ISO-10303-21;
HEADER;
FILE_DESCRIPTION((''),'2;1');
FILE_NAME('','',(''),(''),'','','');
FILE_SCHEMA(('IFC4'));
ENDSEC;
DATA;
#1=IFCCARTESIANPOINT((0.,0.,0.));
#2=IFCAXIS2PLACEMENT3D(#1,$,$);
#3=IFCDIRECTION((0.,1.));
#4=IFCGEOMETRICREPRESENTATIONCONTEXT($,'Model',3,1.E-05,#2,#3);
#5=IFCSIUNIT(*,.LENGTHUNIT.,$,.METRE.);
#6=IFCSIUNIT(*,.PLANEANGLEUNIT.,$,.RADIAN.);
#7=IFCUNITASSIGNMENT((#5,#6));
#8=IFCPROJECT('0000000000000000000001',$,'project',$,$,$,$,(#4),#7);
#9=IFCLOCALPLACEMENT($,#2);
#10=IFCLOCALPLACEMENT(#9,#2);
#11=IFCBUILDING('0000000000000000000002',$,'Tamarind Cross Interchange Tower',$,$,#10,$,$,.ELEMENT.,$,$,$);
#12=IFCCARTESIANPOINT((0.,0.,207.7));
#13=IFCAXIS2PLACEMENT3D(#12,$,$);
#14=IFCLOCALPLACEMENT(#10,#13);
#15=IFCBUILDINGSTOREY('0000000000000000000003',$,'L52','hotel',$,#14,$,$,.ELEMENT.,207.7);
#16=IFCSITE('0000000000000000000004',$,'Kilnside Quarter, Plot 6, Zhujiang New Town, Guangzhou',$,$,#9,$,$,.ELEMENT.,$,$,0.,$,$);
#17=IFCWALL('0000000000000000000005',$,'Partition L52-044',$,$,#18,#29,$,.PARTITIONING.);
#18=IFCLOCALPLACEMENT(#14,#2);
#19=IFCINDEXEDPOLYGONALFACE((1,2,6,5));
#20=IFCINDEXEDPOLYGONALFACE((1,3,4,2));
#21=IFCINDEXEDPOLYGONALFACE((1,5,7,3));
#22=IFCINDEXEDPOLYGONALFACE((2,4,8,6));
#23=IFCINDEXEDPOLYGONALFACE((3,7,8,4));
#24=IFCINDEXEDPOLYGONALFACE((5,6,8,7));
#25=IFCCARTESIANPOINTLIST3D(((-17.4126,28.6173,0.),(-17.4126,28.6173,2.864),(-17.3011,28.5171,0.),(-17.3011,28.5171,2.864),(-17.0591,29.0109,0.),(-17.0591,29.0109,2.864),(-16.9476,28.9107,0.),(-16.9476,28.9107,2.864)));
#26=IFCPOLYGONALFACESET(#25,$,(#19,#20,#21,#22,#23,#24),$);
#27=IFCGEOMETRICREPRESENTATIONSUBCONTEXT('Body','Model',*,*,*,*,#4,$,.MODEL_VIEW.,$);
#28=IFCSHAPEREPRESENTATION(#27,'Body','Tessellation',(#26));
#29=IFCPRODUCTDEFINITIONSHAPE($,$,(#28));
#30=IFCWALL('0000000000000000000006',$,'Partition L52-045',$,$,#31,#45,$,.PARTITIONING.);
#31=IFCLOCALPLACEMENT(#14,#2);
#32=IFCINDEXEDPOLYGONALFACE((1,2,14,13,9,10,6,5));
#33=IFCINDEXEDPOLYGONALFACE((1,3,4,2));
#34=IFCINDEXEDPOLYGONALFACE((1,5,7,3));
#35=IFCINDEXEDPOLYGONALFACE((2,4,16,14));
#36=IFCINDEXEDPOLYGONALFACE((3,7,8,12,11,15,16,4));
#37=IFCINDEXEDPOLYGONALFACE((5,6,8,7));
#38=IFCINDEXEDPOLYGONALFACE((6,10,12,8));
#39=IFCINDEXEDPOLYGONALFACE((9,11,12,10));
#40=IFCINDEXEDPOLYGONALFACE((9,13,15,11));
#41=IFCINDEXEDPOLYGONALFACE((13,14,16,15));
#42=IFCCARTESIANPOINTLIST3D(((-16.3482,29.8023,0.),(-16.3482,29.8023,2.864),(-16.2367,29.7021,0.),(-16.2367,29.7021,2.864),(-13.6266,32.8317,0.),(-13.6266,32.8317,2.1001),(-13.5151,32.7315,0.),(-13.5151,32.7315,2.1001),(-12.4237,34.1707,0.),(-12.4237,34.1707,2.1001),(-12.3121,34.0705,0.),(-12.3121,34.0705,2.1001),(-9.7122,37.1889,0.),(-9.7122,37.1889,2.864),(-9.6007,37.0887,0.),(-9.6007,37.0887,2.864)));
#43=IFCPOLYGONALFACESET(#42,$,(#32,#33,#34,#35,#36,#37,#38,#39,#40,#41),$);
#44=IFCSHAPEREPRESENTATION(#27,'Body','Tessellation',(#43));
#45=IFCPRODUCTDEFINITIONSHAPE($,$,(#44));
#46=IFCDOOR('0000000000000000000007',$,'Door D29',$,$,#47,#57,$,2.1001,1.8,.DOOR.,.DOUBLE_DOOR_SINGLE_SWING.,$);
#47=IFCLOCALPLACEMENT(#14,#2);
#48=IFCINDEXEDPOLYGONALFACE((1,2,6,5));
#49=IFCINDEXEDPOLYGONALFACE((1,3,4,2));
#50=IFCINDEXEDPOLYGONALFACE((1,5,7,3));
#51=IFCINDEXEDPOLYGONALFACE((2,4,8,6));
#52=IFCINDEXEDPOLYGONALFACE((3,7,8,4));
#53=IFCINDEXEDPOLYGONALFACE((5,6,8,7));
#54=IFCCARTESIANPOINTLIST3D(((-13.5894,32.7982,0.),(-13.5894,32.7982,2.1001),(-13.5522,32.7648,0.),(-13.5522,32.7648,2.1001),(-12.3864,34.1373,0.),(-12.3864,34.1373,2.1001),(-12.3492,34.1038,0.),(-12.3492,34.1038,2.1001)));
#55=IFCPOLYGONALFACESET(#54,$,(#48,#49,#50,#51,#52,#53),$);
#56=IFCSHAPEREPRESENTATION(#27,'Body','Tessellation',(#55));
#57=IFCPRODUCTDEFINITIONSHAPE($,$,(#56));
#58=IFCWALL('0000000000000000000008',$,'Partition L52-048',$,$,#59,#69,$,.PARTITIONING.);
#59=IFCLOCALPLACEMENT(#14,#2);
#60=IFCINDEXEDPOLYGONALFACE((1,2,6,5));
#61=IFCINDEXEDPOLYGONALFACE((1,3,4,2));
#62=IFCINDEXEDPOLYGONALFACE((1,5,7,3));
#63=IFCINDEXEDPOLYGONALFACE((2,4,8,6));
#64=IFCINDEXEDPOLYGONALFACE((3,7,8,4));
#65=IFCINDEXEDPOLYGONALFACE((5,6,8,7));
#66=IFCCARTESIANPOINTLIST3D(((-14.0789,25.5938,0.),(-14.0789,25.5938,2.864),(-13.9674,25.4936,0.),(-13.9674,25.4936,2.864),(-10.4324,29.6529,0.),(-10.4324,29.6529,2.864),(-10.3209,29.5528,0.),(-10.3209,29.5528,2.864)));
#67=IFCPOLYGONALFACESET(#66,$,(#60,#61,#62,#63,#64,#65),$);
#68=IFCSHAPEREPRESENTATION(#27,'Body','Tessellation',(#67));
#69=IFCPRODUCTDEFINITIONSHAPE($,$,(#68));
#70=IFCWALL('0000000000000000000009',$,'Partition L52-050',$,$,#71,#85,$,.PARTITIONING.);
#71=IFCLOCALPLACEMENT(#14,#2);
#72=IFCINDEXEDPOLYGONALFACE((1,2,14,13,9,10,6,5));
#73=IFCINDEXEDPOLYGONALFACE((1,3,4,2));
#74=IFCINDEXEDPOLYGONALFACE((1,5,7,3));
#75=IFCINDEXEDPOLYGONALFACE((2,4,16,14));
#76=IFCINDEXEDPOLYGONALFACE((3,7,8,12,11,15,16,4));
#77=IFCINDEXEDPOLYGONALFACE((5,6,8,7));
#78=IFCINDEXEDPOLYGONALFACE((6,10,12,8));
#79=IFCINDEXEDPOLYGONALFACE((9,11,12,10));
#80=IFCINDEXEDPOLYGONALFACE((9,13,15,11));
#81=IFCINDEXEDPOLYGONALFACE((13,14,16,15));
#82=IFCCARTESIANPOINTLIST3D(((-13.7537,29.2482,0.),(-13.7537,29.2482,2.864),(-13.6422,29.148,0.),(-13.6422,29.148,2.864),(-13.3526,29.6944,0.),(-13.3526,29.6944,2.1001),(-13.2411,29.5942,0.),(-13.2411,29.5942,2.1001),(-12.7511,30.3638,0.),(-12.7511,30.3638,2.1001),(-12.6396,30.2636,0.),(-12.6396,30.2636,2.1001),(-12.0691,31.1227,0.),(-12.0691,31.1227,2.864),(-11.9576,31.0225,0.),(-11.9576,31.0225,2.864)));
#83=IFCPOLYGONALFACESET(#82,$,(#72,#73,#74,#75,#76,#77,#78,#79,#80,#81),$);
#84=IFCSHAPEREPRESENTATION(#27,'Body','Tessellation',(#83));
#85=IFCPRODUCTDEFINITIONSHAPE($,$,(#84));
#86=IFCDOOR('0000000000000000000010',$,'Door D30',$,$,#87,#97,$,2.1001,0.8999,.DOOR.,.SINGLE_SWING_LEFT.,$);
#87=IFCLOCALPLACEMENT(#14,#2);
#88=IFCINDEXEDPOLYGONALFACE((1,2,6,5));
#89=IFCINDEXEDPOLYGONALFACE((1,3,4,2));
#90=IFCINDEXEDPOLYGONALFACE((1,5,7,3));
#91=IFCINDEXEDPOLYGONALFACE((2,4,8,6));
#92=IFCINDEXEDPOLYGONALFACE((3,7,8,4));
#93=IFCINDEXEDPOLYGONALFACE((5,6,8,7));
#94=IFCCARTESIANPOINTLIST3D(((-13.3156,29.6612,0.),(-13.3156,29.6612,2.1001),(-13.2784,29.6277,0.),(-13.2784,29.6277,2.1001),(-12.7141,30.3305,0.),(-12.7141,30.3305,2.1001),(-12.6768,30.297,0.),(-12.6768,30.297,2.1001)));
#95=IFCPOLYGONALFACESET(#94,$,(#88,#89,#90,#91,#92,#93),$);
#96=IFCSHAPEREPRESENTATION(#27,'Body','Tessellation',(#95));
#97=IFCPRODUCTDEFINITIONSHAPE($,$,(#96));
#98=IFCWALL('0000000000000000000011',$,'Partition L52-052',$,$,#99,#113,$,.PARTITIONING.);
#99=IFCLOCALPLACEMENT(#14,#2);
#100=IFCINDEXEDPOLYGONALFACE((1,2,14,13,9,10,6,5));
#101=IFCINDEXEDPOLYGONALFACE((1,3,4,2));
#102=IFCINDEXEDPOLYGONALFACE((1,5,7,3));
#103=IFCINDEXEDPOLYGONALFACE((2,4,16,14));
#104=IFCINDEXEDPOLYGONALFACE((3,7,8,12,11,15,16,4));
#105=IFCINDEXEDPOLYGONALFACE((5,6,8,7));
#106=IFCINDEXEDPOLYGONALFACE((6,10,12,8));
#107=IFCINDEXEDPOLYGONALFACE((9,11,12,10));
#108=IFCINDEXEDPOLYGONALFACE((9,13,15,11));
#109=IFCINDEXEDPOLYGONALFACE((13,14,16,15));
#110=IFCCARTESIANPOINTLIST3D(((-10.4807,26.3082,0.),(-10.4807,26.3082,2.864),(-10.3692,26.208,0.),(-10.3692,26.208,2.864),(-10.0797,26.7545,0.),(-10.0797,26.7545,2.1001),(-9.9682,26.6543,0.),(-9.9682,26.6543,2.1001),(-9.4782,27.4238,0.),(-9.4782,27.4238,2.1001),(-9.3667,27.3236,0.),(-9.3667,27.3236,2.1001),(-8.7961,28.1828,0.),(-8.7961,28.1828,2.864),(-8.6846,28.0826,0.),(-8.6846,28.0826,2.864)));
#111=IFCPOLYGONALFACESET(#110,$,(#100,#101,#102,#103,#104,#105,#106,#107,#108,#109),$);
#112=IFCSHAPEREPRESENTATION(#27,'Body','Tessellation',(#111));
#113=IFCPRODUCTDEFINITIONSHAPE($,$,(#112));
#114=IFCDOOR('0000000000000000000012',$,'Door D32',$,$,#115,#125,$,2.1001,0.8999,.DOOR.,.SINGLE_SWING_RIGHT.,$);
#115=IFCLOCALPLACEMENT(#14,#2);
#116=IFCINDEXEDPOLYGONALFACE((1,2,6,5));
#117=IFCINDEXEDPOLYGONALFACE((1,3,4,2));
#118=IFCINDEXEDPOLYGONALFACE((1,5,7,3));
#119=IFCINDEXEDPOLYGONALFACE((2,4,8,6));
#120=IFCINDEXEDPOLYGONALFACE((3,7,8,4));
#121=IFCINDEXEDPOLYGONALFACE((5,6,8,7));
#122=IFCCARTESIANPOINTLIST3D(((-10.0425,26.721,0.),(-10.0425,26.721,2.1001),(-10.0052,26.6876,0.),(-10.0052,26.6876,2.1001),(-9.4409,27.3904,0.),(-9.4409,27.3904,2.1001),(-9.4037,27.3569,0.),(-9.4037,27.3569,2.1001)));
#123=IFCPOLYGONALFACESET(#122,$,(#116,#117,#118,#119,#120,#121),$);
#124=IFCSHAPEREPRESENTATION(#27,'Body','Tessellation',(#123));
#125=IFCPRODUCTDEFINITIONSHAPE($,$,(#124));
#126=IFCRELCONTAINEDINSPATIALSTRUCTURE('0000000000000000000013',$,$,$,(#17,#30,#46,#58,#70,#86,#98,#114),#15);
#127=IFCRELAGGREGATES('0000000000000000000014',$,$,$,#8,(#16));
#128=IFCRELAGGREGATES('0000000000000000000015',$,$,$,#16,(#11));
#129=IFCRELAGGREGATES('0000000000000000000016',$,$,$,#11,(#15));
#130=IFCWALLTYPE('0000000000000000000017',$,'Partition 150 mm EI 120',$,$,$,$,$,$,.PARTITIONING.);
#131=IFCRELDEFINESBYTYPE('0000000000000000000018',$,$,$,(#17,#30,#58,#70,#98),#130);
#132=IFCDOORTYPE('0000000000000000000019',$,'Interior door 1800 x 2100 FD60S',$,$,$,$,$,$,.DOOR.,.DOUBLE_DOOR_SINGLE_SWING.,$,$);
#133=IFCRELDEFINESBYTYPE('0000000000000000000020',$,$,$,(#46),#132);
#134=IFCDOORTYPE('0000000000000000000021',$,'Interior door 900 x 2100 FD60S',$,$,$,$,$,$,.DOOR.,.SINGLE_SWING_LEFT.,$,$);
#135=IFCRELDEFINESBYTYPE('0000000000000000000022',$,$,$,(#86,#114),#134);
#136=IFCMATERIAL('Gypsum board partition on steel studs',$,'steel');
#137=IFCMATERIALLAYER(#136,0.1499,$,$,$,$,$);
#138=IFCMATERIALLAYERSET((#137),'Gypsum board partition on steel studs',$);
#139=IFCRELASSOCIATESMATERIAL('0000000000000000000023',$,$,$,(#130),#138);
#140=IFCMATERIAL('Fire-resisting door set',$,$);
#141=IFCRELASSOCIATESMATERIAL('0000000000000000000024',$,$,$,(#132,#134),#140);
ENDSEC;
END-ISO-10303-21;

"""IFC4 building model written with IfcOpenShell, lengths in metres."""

from ifc_helpers import new_model, si_unit, direction, frame, frame_2d, origin, place, context, subcontext, project, spatial, rectangle, extrude, material, layer, layer_set, type_object, element, fill, save


model = new_model("IFC4")

# Units and contexts
model_context = context("Model", 3, precision=1e-05, world=origin(), true_north=direction((0.0, 1.0)))
body_context = subcontext(model_context, "Body", "Model", "MODEL_VIEW")
ifc_project = project(units=[si_unit("LENGTHUNIT", "METRE"), si_unit("PLANEANGLEUNIT", "RADIAN")], contexts=[model_context])

# Site, building, storey
site_placement = place(None, origin())
site = spatial("IfcSite", under=ifc_project, at=site_placement, Name="Kilnside Quarter, Plot 6, Zhujiang New Town, Guangzhou", CompositionType="ELEMENT", RefElevation=0.0)
building_placement = place(site_placement, origin())
building = spatial("IfcBuilding", under=site, at=building_placement, Name="Tamarind Cross Interchange Tower", CompositionType="ELEMENT")
storey_placement = place(building_placement, frame((0.0, 0.0, 207.7)))
storey = spatial("IfcBuildingStorey", under=building, at=storey_placement, Name="L52", Description="hotel", CompositionType="ELEMENT", Elevation=207.7)

# Wall
ifc_material_1 = material(Name="Gypsum board partition on steel studs", Category="steel")
ifc_layer_1 = layer(ifc_material_1, 0.1499)
ifc_layer_set_1 = layer_set([ifc_layer_1], Name="Gypsum board partition on steel studs")
wall_type = type_object("IfcWallType", Name="Partition 150 mm EI 120", PredefinedType="PARTITIONING", material=ifc_layer_set_1)
wall_1_placement = place(storey_placement, frame((-17.3569, 28.5671, 0.0), z_axis=(0.0, 0.0, 1.0), x_axis=(0.668251, 0.743936, 0.0)))
element("IfcWall", 1, at=wall_1_placement, inside=storey, type_object=wall_type, Name="Partition L52-044", PredefinedType="PARTITIONING", context=body_context, shape_type="SweptSolid", body=[
    extrude(rectangle(XDim=0.5291, YDim=0.1499, at=frame_2d((0.2646, 0.0))), origin(), (0.0, 0.0, 1.0), 2.864),
])

# Wall, opening, door
wall_2_placement = place(storey_placement, frame((-16.2925, 29.7522, 0.0), z_axis=(0.0, 0.0, 1.0), x_axis=(0.668306, 0.743887, 0.0)))
wall_2 = element("IfcWall", 2, at=wall_2_placement, inside=storey, type_object=wall_type, Name="Partition L52-045", PredefinedType="PARTITIONING", context=body_context, shape_type="SweptSolid", body=[
    extrude(rectangle(XDim=9.9297, YDim=0.1499, at=frame_2d((4.9648, 0.0))), origin(), (0.0, 0.0, 1.0), 2.864),
])
opening_1_placement = place(wall_2_placement, frame((4.0725, 0.0, 0.0)))
opening_1 = element("IfcOpeningElement", 3, at=opening_1_placement, cuts=wall_2, PredefinedType="OPENING", context=body_context, shape_type="SweptSolid", body=[
    extrude(rectangle(XDim=1.8, YDim=2.1001, at=frame_2d((0.8999, 1.05))), frame((0.0, 0.085, 0.0), z_axis=(0.0, -1.0, 0.0), x_axis=(1.0, 0.0, 0.0)), (0.0, 0.0, 1.0), 0.1699),
])
ifc_material_2 = material(Name="Fire-resisting door set")
door_type_1 = type_object("IfcDoorType", Name="Interior door 1800 x 2100 FD60S", OperationType="DOUBLE_DOOR_SINGLE_SWING", PredefinedType="DOOR", material=ifc_material_2)
door_1_placement = place(opening_1_placement, origin())
door_1 = element("IfcDoor", 4, at=door_1_placement, inside=storey, type_object=door_type_1, Name="Door D29", OperationType="DOUBLE_DOOR_SINGLE_SWING", OverallHeight=2.1001, OverallWidth=1.8, PredefinedType="DOOR", context=body_context, shape_type="SweptSolid", body=[
    extrude(rectangle(XDim=1.8, YDim=2.1001, at=frame_2d((0.8999, 1.05))), frame((0.0, 0.0249, 0.0), z_axis=(0.0, -1.0, 0.0), x_axis=(1.0, 0.0, 0.0)), (0.0, 0.0, 1.0), 0.05),
])
fill(opening_1, door_1)

# Wall
wall_3_placement = place(storey_placement, frame((-14.0232, 25.5437, 0.0), z_axis=(0.0, 0.0, 1.0), x_axis=(0.668287, 0.743903, 0.0)))
element("IfcWall", 5, at=wall_3_placement, inside=storey, type_object=wall_type, Name="Partition L52-048", PredefinedType="PARTITIONING", context=body_context, shape_type="SweptSolid", body=[
    extrude(rectangle(XDim=5.4565, YDim=0.1499, at=frame_2d((2.7283, 0.0))), origin(), (0.0, 0.0, 1.0), 2.864),
])

# Walls, openings, doors
wall_4_placement = place(storey_placement, frame((-13.698, 29.198, 0.0), z_axis=(0.0, 0.0, 1.0), x_axis=(0.668419, 0.743785, 0.0)))
wall_4 = element("IfcWall", 6, at=wall_4_placement, inside=storey, type_object=wall_type, Name="Partition L52-050", PredefinedType="PARTITIONING", context=body_context, shape_type="SweptSolid", body=[
    extrude(rectangle(XDim=2.5203, YDim=0.1499, at=frame_2d((1.2603, 0.0))), origin(), (0.0, 0.0, 1.0), 2.864),
])
opening_2_placement = place(wall_4_placement, frame((0.6001, 0.0, 0.0)))
opening_2 = element("IfcOpeningElement", 7, at=opening_2_placement, cuts=wall_4, PredefinedType="OPENING", context=body_context, shape_type="SweptSolid", body=[
    extrude(rectangle(XDim=0.8999, YDim=2.1001, at=frame_2d((0.45, 1.05))), frame((0.0, 0.085, 0.0), z_axis=(0.0, -1.0, 0.0), x_axis=(1.0, 0.0, 0.0)), (0.0, 0.0, 1.0), 0.1699),
])
door_type_2 = type_object("IfcDoorType", Name="Interior door 900 x 2100 FD60S", OperationType="SINGLE_SWING_LEFT", PredefinedType="DOOR", material=ifc_material_2)
door_2_placement = place(opening_2_placement, frame((0.8999, 0.0, 0.0), z_axis=(0.0, 0.0, 1.0), x_axis=(-1.0, 0.0, 0.0)))
door_2 = element("IfcDoor", 8, at=door_2_placement, inside=storey, type_object=door_type_2, Name="Door D30", OperationType="SINGLE_SWING_LEFT", OverallHeight=2.1001, OverallWidth=0.8999, PredefinedType="DOOR", context=body_context, shape_type="SweptSolid", body=[
    extrude(rectangle(XDim=0.8999, YDim=2.1001, at=frame_2d((0.45, 1.05))), frame((0.0, 0.0249, 0.0), z_axis=(0.0, -1.0, 0.0), x_axis=(1.0, 0.0, 0.0)), (0.0, 0.0, 1.0), 0.05),
])
fill(opening_2, door_2)
wall_5_placement = place(storey_placement, frame((-10.425, 26.2581, 0.0), z_axis=(0.0, 0.0, 1.0), x_axis=(0.668419, 0.743785, 0.0)))
wall_5 = element("IfcWall", 9, at=wall_5_placement, inside=storey, type_object=wall_type, Name="Partition L52-052", PredefinedType="PARTITIONING", context=body_context, shape_type="SweptSolid", body=[
    extrude(rectangle(XDim=2.5203, YDim=0.1499, at=frame_2d((1.2603, 0.0))), origin(), (0.0, 0.0, 1.0), 2.864),
])
opening_3_placement = place(wall_5_placement, frame((0.6001, 0.0, 0.0)))
opening_3 = element("IfcOpeningElement", 10, at=opening_3_placement, cuts=wall_5, PredefinedType="OPENING", context=body_context, shape_type="SweptSolid", body=[
    extrude(rectangle(XDim=0.8999, YDim=2.1001, at=frame_2d((0.45, 1.05))), frame((0.0, 0.085, 0.0), z_axis=(0.0, -1.0, 0.0), x_axis=(1.0, 0.0, 0.0)), (0.0, 0.0, 1.0), 0.1699),
])
door_3_placement = place(opening_3_placement, origin())
door_3 = element("IfcDoor", 11, at=door_3_placement, inside=storey, type_object=door_type_2, Name="Door D32", OperationType="SINGLE_SWING_RIGHT", OverallHeight=2.1001, OverallWidth=0.8999, PredefinedType="DOOR", context=body_context, shape_type="SweptSolid", body=[
    extrude(rectangle(XDim=0.8999, YDim=2.1001, at=frame_2d((0.45, 1.05))), frame((0.0, 0.0249, 0.0), z_axis=(0.0, -1.0, 0.0), x_axis=(1.0, 0.0, 0.0)), (0.0, 0.0, 1.0), 0.05),
])
fill(opening_3, door_3)

save(model, "model.ifc")
